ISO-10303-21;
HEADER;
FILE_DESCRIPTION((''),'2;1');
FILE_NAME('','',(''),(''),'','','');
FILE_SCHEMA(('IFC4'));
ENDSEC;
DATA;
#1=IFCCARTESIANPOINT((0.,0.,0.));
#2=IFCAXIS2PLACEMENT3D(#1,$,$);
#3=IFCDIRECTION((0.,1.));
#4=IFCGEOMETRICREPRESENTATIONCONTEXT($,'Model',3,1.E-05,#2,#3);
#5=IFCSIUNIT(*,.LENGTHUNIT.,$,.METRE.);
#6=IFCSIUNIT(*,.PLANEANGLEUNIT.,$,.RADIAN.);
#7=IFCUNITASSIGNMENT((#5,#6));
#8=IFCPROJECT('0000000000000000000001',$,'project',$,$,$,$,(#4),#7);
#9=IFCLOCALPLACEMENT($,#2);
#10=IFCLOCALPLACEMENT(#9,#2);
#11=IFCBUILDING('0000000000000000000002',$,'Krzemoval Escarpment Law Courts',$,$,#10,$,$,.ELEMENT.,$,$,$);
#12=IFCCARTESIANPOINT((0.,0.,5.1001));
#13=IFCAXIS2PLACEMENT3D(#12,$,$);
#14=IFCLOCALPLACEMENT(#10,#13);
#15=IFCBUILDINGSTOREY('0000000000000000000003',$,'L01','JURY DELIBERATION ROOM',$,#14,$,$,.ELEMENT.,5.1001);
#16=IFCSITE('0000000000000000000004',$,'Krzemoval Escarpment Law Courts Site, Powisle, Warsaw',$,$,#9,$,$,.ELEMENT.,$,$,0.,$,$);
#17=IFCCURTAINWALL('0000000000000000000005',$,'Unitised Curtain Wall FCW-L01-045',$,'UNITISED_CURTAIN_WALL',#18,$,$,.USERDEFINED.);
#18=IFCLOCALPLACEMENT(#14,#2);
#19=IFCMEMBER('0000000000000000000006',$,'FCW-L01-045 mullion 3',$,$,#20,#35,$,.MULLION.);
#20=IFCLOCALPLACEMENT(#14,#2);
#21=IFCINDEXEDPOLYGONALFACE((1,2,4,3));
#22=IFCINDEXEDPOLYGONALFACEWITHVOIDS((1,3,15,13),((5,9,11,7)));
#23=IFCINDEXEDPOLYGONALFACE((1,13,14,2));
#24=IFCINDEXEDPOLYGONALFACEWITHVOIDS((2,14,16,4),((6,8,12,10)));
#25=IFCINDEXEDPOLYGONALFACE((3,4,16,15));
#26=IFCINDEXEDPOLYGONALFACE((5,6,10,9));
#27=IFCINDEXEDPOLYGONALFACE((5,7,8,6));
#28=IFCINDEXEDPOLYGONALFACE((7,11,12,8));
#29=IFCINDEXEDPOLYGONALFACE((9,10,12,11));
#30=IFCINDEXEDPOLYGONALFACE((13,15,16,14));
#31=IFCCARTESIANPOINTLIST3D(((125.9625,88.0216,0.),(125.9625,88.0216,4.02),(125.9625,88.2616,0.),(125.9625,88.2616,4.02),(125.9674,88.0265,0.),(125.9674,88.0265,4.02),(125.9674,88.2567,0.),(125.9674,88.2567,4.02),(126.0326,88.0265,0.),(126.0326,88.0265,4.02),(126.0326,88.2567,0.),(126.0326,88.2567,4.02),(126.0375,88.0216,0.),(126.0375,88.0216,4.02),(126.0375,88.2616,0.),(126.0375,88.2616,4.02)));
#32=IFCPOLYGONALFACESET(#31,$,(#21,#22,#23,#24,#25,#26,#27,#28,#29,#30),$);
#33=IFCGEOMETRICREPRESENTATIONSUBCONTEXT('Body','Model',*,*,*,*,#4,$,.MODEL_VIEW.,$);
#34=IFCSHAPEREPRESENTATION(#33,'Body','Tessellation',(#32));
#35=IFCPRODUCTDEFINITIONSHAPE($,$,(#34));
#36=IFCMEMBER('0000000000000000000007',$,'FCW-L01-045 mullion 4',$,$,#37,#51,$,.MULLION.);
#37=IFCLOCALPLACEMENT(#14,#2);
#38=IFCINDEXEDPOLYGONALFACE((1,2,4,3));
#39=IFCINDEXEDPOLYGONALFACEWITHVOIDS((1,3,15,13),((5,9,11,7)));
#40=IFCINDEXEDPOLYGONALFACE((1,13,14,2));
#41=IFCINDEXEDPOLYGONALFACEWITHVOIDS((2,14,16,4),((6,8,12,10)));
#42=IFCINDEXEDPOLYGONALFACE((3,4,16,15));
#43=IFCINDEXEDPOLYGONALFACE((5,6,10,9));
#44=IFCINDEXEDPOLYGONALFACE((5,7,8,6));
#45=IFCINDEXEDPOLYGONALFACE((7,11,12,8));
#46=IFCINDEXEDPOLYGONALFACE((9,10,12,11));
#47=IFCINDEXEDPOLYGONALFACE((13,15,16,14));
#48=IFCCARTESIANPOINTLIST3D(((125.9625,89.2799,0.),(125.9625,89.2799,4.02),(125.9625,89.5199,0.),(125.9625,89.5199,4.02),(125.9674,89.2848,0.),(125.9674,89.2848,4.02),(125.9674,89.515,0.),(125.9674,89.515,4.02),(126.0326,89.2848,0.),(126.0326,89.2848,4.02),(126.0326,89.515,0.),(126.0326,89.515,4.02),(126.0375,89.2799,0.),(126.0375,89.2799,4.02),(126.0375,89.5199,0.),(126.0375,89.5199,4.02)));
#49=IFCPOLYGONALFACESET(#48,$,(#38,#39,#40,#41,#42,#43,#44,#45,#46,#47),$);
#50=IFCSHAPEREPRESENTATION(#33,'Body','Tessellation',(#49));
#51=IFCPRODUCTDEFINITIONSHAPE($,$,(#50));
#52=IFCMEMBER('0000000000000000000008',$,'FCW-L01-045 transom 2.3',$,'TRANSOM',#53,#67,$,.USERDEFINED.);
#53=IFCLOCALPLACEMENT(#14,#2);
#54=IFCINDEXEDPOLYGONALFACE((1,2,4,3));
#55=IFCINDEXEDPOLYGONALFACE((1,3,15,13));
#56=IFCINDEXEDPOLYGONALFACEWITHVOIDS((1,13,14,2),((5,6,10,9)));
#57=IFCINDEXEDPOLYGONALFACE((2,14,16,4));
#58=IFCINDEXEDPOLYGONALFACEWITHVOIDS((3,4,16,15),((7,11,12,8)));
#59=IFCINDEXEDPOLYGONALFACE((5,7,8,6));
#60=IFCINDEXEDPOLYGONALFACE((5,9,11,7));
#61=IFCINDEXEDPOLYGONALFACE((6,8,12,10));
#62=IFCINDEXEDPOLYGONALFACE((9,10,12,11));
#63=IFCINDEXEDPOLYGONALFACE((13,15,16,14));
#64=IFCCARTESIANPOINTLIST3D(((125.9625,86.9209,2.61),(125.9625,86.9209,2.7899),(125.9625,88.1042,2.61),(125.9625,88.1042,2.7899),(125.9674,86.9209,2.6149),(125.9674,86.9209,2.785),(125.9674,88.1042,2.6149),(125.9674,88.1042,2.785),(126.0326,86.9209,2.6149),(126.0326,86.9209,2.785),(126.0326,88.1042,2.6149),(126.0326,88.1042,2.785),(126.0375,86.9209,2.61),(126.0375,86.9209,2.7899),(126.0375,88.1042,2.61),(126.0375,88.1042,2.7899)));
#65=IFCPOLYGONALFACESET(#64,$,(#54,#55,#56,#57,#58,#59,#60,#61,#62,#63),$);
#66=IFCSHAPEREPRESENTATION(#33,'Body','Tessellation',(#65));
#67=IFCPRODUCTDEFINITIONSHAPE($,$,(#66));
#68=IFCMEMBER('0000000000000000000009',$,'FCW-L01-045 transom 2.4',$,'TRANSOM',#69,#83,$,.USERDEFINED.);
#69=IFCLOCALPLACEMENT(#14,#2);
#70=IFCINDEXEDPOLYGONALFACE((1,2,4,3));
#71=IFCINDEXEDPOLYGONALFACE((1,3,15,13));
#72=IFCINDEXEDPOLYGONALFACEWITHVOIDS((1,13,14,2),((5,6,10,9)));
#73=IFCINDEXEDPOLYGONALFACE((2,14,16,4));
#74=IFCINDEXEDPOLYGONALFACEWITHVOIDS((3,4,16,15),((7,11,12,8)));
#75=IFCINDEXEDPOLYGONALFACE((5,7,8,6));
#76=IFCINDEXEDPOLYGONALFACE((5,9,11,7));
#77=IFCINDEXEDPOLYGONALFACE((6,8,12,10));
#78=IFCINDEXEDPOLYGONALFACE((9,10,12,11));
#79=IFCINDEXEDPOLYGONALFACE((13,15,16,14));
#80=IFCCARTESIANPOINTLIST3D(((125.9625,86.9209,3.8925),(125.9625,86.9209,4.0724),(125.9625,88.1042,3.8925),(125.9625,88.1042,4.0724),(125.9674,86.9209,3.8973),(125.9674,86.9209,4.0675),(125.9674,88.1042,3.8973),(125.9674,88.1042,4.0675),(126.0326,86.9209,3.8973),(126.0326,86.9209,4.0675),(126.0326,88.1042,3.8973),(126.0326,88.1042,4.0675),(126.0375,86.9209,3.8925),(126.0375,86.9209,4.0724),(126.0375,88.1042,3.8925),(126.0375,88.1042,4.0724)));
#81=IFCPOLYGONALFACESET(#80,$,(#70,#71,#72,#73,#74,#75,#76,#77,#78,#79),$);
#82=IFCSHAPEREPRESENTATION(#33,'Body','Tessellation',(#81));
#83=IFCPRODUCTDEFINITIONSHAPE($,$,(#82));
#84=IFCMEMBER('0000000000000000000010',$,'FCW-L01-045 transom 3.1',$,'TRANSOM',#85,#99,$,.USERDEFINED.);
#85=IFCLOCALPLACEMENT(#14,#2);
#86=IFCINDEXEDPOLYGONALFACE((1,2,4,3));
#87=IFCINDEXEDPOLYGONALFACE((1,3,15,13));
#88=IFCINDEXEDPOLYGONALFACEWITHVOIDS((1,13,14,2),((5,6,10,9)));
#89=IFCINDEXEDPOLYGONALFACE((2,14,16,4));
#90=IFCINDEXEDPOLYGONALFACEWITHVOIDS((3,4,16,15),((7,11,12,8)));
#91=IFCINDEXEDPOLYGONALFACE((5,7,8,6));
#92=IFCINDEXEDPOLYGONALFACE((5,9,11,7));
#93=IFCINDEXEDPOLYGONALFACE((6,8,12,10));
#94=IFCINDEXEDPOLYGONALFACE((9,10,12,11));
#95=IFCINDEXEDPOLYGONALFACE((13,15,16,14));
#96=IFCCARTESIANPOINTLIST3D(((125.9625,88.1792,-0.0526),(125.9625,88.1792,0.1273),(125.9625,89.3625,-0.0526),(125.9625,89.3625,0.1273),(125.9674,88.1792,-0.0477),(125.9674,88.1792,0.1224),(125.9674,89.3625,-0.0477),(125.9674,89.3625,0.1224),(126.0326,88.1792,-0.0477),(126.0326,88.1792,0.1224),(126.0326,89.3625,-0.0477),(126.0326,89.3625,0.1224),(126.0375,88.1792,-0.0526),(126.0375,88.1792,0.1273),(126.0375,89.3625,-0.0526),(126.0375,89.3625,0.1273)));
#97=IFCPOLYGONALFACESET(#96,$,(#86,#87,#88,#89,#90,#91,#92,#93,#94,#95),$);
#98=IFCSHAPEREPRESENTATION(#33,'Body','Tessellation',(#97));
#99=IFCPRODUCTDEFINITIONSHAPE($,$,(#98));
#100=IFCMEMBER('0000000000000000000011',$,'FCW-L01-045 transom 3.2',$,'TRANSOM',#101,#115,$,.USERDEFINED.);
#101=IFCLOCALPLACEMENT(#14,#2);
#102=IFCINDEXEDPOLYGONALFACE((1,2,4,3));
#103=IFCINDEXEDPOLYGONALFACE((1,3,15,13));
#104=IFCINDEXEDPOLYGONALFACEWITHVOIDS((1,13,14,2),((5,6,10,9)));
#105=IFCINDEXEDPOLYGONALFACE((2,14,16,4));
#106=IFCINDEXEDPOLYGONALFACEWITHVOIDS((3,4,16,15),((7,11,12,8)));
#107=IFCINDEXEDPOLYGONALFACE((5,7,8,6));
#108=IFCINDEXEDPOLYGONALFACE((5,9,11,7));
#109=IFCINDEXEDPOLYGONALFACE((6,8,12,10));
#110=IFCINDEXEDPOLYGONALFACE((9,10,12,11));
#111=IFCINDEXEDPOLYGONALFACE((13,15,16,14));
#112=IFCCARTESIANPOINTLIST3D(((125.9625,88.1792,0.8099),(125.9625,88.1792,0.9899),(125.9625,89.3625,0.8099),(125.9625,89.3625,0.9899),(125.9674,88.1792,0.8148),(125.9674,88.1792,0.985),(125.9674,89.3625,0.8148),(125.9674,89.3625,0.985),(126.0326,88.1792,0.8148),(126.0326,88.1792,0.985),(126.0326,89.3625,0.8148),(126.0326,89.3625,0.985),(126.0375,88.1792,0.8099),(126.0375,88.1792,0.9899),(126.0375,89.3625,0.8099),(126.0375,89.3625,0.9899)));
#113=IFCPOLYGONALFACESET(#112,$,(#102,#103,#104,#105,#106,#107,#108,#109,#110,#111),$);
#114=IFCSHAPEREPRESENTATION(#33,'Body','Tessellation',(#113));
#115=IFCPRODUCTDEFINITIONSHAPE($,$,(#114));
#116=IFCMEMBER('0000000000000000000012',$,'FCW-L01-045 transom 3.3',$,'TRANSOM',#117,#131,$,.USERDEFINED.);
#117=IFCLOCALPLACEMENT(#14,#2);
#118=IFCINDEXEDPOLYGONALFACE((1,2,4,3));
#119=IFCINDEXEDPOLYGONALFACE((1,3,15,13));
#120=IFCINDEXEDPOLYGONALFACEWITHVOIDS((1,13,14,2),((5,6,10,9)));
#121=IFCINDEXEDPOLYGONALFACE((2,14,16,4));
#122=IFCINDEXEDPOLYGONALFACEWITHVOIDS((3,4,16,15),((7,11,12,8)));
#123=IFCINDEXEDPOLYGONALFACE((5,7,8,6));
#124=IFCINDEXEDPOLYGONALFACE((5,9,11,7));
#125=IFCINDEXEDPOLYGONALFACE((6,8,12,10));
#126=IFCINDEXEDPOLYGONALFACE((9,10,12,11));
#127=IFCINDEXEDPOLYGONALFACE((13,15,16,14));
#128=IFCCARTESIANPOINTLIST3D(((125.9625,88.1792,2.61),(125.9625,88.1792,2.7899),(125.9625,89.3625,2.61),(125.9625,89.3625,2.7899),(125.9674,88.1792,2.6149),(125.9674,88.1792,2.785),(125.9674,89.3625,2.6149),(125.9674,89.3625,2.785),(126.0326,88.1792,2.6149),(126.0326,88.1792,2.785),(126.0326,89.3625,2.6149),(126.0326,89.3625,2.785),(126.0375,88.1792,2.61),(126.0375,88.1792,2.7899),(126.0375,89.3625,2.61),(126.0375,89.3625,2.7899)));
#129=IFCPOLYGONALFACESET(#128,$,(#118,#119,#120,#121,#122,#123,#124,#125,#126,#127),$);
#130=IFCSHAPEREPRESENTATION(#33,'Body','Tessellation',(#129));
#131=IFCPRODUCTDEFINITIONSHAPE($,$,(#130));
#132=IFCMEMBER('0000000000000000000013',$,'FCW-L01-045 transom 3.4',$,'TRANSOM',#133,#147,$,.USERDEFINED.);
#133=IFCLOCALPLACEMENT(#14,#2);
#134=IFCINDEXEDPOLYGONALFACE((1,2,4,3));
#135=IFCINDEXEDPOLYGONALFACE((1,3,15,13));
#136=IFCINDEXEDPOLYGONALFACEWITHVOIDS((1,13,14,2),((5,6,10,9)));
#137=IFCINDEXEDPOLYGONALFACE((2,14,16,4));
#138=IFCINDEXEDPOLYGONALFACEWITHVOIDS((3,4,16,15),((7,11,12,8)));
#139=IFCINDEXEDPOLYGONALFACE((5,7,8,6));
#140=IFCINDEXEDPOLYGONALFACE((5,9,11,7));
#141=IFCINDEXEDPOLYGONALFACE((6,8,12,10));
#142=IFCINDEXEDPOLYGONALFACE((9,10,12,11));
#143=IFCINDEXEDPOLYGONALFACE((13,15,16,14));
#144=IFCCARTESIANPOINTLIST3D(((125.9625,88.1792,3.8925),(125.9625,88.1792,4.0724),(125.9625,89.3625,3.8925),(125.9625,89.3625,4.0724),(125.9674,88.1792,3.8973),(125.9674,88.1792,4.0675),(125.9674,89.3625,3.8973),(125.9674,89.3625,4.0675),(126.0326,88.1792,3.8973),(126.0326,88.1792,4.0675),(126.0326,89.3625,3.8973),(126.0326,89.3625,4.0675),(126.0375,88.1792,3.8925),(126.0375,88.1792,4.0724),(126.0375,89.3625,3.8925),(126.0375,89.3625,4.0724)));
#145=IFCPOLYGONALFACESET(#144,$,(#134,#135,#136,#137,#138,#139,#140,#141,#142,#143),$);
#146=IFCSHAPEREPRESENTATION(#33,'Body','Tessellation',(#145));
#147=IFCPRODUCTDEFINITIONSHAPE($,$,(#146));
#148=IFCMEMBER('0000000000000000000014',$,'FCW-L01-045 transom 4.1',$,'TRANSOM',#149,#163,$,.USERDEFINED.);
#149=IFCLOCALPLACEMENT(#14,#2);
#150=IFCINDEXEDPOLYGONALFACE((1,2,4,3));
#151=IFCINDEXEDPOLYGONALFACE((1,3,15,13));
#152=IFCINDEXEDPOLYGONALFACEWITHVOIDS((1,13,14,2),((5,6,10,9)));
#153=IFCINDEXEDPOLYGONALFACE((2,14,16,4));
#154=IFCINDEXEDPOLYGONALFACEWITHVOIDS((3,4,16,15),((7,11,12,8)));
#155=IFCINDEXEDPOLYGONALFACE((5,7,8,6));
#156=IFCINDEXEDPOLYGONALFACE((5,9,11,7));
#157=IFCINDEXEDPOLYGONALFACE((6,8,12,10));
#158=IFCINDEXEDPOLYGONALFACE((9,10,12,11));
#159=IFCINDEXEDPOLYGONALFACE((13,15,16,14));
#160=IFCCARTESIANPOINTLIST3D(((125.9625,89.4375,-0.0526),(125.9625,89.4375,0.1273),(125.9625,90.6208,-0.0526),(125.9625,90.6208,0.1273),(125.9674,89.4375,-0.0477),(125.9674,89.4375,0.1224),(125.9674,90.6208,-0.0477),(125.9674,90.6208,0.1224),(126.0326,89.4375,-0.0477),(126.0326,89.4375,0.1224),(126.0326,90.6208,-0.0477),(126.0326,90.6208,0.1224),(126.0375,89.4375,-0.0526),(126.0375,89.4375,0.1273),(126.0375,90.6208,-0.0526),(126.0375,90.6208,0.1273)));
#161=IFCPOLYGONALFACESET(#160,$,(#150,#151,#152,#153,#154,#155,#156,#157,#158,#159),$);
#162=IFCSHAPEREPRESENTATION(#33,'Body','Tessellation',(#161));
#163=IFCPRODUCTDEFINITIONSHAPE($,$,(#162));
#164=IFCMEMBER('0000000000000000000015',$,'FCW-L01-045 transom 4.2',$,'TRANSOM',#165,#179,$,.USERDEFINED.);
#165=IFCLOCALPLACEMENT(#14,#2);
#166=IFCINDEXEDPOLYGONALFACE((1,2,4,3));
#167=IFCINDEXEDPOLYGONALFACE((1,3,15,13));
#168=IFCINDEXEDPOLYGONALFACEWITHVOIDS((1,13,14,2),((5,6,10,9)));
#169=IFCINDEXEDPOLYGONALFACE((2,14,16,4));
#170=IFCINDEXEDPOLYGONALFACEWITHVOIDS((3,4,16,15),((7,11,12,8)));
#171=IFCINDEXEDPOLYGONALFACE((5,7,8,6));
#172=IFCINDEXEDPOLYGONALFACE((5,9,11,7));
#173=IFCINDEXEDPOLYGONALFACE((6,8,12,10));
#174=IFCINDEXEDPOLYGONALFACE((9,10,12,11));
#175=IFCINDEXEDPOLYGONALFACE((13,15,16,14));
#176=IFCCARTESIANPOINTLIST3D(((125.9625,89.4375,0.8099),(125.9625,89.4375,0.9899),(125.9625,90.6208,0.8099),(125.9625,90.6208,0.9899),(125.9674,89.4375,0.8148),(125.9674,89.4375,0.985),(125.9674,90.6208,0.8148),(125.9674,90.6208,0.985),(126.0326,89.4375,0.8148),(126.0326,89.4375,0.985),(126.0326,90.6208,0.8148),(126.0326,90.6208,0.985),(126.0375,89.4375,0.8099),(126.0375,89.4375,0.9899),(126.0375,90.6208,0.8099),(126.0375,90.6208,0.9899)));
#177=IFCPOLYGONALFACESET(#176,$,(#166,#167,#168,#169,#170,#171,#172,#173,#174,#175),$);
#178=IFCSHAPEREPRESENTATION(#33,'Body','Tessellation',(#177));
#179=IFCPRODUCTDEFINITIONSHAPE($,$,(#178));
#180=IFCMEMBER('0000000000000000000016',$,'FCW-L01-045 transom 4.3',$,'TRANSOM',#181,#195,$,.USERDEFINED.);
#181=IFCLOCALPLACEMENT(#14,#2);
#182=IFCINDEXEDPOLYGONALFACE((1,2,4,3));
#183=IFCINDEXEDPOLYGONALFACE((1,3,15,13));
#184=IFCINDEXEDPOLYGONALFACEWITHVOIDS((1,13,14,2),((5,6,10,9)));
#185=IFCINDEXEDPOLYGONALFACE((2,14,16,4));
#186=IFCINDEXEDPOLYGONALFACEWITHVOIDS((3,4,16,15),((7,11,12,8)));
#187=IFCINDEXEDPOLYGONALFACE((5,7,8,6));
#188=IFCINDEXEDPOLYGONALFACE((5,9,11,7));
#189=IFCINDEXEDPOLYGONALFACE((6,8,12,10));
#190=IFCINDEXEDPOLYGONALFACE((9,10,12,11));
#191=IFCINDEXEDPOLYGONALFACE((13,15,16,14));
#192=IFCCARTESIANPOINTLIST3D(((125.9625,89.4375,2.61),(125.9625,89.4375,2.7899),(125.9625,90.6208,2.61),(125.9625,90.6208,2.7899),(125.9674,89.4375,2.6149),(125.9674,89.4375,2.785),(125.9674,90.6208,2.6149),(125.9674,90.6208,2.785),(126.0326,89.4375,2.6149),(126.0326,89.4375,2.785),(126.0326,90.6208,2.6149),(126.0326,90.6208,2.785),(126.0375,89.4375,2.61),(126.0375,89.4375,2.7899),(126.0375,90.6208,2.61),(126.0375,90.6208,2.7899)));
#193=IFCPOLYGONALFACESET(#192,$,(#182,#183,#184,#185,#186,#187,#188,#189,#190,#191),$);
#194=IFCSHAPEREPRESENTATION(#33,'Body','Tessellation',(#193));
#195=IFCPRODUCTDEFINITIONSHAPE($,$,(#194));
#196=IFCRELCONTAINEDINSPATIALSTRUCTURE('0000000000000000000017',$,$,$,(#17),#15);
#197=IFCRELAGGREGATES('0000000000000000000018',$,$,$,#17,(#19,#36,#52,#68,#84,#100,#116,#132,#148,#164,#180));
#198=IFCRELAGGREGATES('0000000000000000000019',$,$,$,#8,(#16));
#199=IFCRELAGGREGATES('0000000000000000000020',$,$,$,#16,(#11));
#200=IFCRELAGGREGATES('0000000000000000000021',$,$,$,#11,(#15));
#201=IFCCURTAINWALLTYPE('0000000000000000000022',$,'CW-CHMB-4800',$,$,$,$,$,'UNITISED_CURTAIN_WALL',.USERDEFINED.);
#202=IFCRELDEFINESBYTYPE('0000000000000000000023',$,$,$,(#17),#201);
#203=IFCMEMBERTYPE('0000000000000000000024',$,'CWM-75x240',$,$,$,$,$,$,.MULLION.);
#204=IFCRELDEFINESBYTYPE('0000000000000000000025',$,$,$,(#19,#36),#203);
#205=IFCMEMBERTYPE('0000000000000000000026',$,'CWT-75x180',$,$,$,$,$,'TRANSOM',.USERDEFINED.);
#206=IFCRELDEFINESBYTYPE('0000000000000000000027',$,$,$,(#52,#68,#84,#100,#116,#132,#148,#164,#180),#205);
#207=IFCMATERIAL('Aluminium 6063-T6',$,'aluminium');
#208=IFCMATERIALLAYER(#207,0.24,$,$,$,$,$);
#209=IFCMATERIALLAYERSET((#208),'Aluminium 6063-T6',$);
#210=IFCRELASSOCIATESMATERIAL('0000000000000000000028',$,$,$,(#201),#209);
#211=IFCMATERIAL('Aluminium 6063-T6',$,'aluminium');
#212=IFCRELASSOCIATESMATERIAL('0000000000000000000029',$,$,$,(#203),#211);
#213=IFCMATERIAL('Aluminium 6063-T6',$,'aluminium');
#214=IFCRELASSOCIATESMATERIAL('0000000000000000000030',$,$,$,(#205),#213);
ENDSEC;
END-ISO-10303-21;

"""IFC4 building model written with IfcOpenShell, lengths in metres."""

from ifc_helpers import new_model, si_unit, direction, frame, origin, origin_2d, place, context, subcontext, project, spatial, hollow_rectangle, extrude, material, layer, layer_set, material_profile, profile_set, type_object, element, aggregate, save


model = new_model("IFC4")

# Units and contexts
model_context = context("Model", 3, precision=1e-05, world=origin(), true_north=direction((0.0, 1.0)))
body_context = subcontext(model_context, "Body", "Model", "MODEL_VIEW")
ifc_project = project(units=[si_unit("LENGTHUNIT", "METRE"), si_unit("PLANEANGLEUNIT", "RADIAN")], contexts=[model_context])

# Site, building, storey
site_placement = place(None, origin())
site = spatial("IfcSite", under=ifc_project, at=site_placement, Name="Krzemoval Escarpment Law Courts Site, Powisle, Warsaw", CompositionType="ELEMENT", RefElevation=0.0)
building_placement = place(site_placement, origin())
building = spatial("IfcBuilding", under=site, at=building_placement, Name="Krzemoval Escarpment Law Courts", CompositionType="ELEMENT")
storey_placement = place(building_placement, frame((0.0, 0.0, 5.1001)))
storey = spatial("IfcBuildingStorey", under=building, at=storey_placement, Name="L01", Description="JURY DELIBERATION ROOM", CompositionType="ELEMENT", Elevation=5.1001)

# Curtain wall, members
ifc_material_1 = material(Name="Aluminium 6063-T6", Category="aluminium")
ifc_layer_1 = layer(ifc_material_1, 0.24)
ifc_layer_set_1 = layer_set([ifc_layer_1], Name="Aluminium 6063-T6")
curtain_wall_type = type_object("IfcCurtainWallType", Name="CW-CHMB-4800", ElementType="UNITISED_CURTAIN_WALL", PredefinedType="USERDEFINED", material=ifc_layer_set_1)
curtain_wall_placement = place(storey_placement, origin())
curtain_wall = element("IfcCurtainWall", 1, at=curtain_wall_placement, inside=storey, type_object=curtain_wall_type, Name="Unitised Curtain Wall FCW-L01-045", ObjectType="UNITISED_CURTAIN_WALL", PredefinedType="USERDEFINED")
ifc_material_2 = material(Name="Aluminium 6063-T6", Category="aluminium")
ifc_material_profile_1 = material_profile(ifc_material_2, hollow_rectangle(XDim=0.075, YDim=0.24, WallThickness=0.0049, at=origin_2d()), Name="ALU M75x240")
ifc_profile_set_1 = profile_set([ifc_material_profile_1], Name="Aluminium 6063-T6")
member_type_1 = type_object("IfcMemberType", Name="CWM-75x240", PredefinedType="MULLION", material=ifc_profile_set_1)
member_1_placement = place(storey_placement, frame((126.0, 88.1416, 0.0), z_axis=(0.0, 0.0, 1.0), x_axis=(-1.0, 0.0, 0.0)))
member_1 = element("IfcMember", 2, at=member_1_placement, type_object=member_type_1, Name="FCW-L01-045 mullion 3", PredefinedType="MULLION", context=body_context, shape_type="SweptSolid", body=[
    extrude(hollow_rectangle(XDim=0.075, YDim=0.24, WallThickness=0.0049, at=origin_2d()), origin(), (0.0, 0.0, 1.0), 4.02),
])
member_2_placement = place(storey_placement, frame((126.0, 89.3999, 0.0), z_axis=(0.0, 0.0, 1.0), x_axis=(-1.0, 0.0, 0.0)))
member_2 = element("IfcMember", 3, at=member_2_placement, type_object=member_type_1, Name="FCW-L01-045 mullion 4", PredefinedType="MULLION", context=body_context, shape_type="SweptSolid", body=[
    extrude(hollow_rectangle(XDim=0.075, YDim=0.24, WallThickness=0.0049, at=origin_2d()), origin(), (0.0, 0.0, 1.0), 4.02),
])
ifc_material_3 = material(Name="Aluminium 6063-T6", Category="aluminium")
ifc_material_profile_2 = material_profile(ifc_material_3, hollow_rectangle(XDim=0.075, YDim=0.1799, WallThickness=0.0049, at=origin_2d()), Name="ALU T75x180")
ifc_profile_set_2 = profile_set([ifc_material_profile_2], Name="Aluminium 6063-T6")
member_type_2 = type_object("IfcMemberType", Name="CWT-75x180", ElementType="TRANSOM", PredefinedType="USERDEFINED", material=ifc_profile_set_2)
member_3_placement = place(storey_placement, frame((126.0, 86.9209, 2.7), z_axis=(0.0, 1.0, 0.0), x_axis=(-1.0, 0.0, 0.0)))
member_3 = element("IfcMember", 4, at=member_3_placement, type_object=member_type_2, Name="FCW-L01-045 transom 2.3", ObjectType="TRANSOM", PredefinedType="USERDEFINED", context=body_context, shape_type="SweptSolid", body=[
    extrude(hollow_rectangle(XDim=0.075, YDim=0.1799, WallThickness=0.0049, at=origin_2d()), origin(), (0.0, 0.0, 1.0), 1.1833),
])
member_4_placement = place(storey_placement, frame((126.0, 86.9209, 3.9824), z_axis=(0.0, 1.0, 0.0), x_axis=(-1.0, 0.0, 0.0)))
member_4 = element("IfcMember", 5, at=member_4_placement, type_object=member_type_2, Name="FCW-L01-045 transom 2.4", ObjectType="TRANSOM", PredefinedType="USERDEFINED", context=body_context, shape_type="SweptSolid", body=[
    extrude(hollow_rectangle(XDim=0.075, YDim=0.1799, WallThickness=0.0049, at=origin_2d()), origin(), (0.0, 0.0, 1.0), 1.1833),
])
member_5_placement = place(storey_placement, frame((126.0, 88.1792, 0.0374), z_axis=(0.0, 1.0, 0.0), x_axis=(-1.0, 0.0, 0.0)))
member_5 = element("IfcMember", 6, at=member_5_placement, type_object=member_type_2, Name="FCW-L01-045 transom 3.1", ObjectType="TRANSOM", PredefinedType="USERDEFINED", context=body_context, shape_type="SweptSolid", body=[
    extrude(hollow_rectangle(XDim=0.075, YDim=0.1799, WallThickness=0.0049, at=origin_2d()), origin(), (0.0, 0.0, 1.0), 1.1833),
])
member_6_placement = place(storey_placement, frame((126.0, 88.1792, 0.8999), z_axis=(0.0, 1.0, 0.0), x_axis=(-1.0, 0.0, 0.0)))
member_6 = element("IfcMember", 7, at=member_6_placement, type_object=member_type_2, Name="FCW-L01-045 transom 3.2", ObjectType="TRANSOM", PredefinedType="USERDEFINED", context=body_context, shape_type="SweptSolid", body=[
    extrude(hollow_rectangle(XDim=0.075, YDim=0.1799, WallThickness=0.0049, at=origin_2d()), origin(), (0.0, 0.0, 1.0), 1.1833),
])
member_7_placement = place(storey_placement, frame((126.0, 88.1792, 2.7), z_axis=(0.0, 1.0, 0.0), x_axis=(-1.0, 0.0, 0.0)))
member_7 = element("IfcMember", 8, at=member_7_placement, type_object=member_type_2, Name="FCW-L01-045 transom 3.3", ObjectType="TRANSOM", PredefinedType="USERDEFINED", context=body_context, shape_type="SweptSolid", body=[
    extrude(hollow_rectangle(XDim=0.075, YDim=0.1799, WallThickness=0.0049, at=origin_2d()), origin(), (0.0, 0.0, 1.0), 1.1833),
])
member_8_placement = place(storey_placement, frame((126.0, 88.1792, 3.9824), z_axis=(0.0, 1.0, 0.0), x_axis=(-1.0, 0.0, 0.0)))
member_8 = element("IfcMember", 9, at=member_8_placement, type_object=member_type_2, Name="FCW-L01-045 transom 3.4", ObjectType="TRANSOM", PredefinedType="USERDEFINED", context=body_context, shape_type="SweptSolid", body=[
    extrude(hollow_rectangle(XDim=0.075, YDim=0.1799, WallThickness=0.0049, at=origin_2d()), origin(), (0.0, 0.0, 1.0), 1.1833),
])
member_9_placement = place(storey_placement, frame((126.0, 89.4375, 0.0374), z_axis=(0.0, 1.0, 0.0), x_axis=(-1.0, 0.0, 0.0)))
member_9 = element("IfcMember", 10, at=member_9_placement, type_object=member_type_2, Name="FCW-L01-045 transom 4.1", ObjectType="TRANSOM", PredefinedType="USERDEFINED", context=body_context, shape_type="SweptSolid", body=[
    extrude(hollow_rectangle(XDim=0.075, YDim=0.1799, WallThickness=0.0049, at=origin_2d()), origin(), (0.0, 0.0, 1.0), 1.1833),
])
member_10_placement = place(storey_placement, frame((126.0, 89.4375, 0.8999), z_axis=(0.0, 1.0, 0.0), x_axis=(-1.0, 0.0, 0.0)))
member_10 = element("IfcMember", 11, at=member_10_placement, type_object=member_type_2, Name="FCW-L01-045 transom 4.2", ObjectType="TRANSOM", PredefinedType="USERDEFINED", context=body_context, shape_type="SweptSolid", body=[
    extrude(hollow_rectangle(XDim=0.075, YDim=0.1799, WallThickness=0.0049, at=origin_2d()), origin(), (0.0, 0.0, 1.0), 1.1833),
])
member_11_placement = place(storey_placement, frame((126.0, 89.4375, 2.7), z_axis=(0.0, 1.0, 0.0), x_axis=(-1.0, 0.0, 0.0)))
member_11 = element("IfcMember", 12, at=member_11_placement, type_object=member_type_2, Name="FCW-L01-045 transom 4.3", ObjectType="TRANSOM", PredefinedType="USERDEFINED", context=body_context, shape_type="SweptSolid", body=[
    extrude(hollow_rectangle(XDim=0.075, YDim=0.1799, WallThickness=0.0049, at=origin_2d()), origin(), (0.0, 0.0, 1.0), 1.1833),
])

aggregate(curtain_wall, [member_1, member_2, member_3, member_4, member_5, member_6, member_7, member_8, member_9, member_10, member_11])

save(model, "model.ifc")
